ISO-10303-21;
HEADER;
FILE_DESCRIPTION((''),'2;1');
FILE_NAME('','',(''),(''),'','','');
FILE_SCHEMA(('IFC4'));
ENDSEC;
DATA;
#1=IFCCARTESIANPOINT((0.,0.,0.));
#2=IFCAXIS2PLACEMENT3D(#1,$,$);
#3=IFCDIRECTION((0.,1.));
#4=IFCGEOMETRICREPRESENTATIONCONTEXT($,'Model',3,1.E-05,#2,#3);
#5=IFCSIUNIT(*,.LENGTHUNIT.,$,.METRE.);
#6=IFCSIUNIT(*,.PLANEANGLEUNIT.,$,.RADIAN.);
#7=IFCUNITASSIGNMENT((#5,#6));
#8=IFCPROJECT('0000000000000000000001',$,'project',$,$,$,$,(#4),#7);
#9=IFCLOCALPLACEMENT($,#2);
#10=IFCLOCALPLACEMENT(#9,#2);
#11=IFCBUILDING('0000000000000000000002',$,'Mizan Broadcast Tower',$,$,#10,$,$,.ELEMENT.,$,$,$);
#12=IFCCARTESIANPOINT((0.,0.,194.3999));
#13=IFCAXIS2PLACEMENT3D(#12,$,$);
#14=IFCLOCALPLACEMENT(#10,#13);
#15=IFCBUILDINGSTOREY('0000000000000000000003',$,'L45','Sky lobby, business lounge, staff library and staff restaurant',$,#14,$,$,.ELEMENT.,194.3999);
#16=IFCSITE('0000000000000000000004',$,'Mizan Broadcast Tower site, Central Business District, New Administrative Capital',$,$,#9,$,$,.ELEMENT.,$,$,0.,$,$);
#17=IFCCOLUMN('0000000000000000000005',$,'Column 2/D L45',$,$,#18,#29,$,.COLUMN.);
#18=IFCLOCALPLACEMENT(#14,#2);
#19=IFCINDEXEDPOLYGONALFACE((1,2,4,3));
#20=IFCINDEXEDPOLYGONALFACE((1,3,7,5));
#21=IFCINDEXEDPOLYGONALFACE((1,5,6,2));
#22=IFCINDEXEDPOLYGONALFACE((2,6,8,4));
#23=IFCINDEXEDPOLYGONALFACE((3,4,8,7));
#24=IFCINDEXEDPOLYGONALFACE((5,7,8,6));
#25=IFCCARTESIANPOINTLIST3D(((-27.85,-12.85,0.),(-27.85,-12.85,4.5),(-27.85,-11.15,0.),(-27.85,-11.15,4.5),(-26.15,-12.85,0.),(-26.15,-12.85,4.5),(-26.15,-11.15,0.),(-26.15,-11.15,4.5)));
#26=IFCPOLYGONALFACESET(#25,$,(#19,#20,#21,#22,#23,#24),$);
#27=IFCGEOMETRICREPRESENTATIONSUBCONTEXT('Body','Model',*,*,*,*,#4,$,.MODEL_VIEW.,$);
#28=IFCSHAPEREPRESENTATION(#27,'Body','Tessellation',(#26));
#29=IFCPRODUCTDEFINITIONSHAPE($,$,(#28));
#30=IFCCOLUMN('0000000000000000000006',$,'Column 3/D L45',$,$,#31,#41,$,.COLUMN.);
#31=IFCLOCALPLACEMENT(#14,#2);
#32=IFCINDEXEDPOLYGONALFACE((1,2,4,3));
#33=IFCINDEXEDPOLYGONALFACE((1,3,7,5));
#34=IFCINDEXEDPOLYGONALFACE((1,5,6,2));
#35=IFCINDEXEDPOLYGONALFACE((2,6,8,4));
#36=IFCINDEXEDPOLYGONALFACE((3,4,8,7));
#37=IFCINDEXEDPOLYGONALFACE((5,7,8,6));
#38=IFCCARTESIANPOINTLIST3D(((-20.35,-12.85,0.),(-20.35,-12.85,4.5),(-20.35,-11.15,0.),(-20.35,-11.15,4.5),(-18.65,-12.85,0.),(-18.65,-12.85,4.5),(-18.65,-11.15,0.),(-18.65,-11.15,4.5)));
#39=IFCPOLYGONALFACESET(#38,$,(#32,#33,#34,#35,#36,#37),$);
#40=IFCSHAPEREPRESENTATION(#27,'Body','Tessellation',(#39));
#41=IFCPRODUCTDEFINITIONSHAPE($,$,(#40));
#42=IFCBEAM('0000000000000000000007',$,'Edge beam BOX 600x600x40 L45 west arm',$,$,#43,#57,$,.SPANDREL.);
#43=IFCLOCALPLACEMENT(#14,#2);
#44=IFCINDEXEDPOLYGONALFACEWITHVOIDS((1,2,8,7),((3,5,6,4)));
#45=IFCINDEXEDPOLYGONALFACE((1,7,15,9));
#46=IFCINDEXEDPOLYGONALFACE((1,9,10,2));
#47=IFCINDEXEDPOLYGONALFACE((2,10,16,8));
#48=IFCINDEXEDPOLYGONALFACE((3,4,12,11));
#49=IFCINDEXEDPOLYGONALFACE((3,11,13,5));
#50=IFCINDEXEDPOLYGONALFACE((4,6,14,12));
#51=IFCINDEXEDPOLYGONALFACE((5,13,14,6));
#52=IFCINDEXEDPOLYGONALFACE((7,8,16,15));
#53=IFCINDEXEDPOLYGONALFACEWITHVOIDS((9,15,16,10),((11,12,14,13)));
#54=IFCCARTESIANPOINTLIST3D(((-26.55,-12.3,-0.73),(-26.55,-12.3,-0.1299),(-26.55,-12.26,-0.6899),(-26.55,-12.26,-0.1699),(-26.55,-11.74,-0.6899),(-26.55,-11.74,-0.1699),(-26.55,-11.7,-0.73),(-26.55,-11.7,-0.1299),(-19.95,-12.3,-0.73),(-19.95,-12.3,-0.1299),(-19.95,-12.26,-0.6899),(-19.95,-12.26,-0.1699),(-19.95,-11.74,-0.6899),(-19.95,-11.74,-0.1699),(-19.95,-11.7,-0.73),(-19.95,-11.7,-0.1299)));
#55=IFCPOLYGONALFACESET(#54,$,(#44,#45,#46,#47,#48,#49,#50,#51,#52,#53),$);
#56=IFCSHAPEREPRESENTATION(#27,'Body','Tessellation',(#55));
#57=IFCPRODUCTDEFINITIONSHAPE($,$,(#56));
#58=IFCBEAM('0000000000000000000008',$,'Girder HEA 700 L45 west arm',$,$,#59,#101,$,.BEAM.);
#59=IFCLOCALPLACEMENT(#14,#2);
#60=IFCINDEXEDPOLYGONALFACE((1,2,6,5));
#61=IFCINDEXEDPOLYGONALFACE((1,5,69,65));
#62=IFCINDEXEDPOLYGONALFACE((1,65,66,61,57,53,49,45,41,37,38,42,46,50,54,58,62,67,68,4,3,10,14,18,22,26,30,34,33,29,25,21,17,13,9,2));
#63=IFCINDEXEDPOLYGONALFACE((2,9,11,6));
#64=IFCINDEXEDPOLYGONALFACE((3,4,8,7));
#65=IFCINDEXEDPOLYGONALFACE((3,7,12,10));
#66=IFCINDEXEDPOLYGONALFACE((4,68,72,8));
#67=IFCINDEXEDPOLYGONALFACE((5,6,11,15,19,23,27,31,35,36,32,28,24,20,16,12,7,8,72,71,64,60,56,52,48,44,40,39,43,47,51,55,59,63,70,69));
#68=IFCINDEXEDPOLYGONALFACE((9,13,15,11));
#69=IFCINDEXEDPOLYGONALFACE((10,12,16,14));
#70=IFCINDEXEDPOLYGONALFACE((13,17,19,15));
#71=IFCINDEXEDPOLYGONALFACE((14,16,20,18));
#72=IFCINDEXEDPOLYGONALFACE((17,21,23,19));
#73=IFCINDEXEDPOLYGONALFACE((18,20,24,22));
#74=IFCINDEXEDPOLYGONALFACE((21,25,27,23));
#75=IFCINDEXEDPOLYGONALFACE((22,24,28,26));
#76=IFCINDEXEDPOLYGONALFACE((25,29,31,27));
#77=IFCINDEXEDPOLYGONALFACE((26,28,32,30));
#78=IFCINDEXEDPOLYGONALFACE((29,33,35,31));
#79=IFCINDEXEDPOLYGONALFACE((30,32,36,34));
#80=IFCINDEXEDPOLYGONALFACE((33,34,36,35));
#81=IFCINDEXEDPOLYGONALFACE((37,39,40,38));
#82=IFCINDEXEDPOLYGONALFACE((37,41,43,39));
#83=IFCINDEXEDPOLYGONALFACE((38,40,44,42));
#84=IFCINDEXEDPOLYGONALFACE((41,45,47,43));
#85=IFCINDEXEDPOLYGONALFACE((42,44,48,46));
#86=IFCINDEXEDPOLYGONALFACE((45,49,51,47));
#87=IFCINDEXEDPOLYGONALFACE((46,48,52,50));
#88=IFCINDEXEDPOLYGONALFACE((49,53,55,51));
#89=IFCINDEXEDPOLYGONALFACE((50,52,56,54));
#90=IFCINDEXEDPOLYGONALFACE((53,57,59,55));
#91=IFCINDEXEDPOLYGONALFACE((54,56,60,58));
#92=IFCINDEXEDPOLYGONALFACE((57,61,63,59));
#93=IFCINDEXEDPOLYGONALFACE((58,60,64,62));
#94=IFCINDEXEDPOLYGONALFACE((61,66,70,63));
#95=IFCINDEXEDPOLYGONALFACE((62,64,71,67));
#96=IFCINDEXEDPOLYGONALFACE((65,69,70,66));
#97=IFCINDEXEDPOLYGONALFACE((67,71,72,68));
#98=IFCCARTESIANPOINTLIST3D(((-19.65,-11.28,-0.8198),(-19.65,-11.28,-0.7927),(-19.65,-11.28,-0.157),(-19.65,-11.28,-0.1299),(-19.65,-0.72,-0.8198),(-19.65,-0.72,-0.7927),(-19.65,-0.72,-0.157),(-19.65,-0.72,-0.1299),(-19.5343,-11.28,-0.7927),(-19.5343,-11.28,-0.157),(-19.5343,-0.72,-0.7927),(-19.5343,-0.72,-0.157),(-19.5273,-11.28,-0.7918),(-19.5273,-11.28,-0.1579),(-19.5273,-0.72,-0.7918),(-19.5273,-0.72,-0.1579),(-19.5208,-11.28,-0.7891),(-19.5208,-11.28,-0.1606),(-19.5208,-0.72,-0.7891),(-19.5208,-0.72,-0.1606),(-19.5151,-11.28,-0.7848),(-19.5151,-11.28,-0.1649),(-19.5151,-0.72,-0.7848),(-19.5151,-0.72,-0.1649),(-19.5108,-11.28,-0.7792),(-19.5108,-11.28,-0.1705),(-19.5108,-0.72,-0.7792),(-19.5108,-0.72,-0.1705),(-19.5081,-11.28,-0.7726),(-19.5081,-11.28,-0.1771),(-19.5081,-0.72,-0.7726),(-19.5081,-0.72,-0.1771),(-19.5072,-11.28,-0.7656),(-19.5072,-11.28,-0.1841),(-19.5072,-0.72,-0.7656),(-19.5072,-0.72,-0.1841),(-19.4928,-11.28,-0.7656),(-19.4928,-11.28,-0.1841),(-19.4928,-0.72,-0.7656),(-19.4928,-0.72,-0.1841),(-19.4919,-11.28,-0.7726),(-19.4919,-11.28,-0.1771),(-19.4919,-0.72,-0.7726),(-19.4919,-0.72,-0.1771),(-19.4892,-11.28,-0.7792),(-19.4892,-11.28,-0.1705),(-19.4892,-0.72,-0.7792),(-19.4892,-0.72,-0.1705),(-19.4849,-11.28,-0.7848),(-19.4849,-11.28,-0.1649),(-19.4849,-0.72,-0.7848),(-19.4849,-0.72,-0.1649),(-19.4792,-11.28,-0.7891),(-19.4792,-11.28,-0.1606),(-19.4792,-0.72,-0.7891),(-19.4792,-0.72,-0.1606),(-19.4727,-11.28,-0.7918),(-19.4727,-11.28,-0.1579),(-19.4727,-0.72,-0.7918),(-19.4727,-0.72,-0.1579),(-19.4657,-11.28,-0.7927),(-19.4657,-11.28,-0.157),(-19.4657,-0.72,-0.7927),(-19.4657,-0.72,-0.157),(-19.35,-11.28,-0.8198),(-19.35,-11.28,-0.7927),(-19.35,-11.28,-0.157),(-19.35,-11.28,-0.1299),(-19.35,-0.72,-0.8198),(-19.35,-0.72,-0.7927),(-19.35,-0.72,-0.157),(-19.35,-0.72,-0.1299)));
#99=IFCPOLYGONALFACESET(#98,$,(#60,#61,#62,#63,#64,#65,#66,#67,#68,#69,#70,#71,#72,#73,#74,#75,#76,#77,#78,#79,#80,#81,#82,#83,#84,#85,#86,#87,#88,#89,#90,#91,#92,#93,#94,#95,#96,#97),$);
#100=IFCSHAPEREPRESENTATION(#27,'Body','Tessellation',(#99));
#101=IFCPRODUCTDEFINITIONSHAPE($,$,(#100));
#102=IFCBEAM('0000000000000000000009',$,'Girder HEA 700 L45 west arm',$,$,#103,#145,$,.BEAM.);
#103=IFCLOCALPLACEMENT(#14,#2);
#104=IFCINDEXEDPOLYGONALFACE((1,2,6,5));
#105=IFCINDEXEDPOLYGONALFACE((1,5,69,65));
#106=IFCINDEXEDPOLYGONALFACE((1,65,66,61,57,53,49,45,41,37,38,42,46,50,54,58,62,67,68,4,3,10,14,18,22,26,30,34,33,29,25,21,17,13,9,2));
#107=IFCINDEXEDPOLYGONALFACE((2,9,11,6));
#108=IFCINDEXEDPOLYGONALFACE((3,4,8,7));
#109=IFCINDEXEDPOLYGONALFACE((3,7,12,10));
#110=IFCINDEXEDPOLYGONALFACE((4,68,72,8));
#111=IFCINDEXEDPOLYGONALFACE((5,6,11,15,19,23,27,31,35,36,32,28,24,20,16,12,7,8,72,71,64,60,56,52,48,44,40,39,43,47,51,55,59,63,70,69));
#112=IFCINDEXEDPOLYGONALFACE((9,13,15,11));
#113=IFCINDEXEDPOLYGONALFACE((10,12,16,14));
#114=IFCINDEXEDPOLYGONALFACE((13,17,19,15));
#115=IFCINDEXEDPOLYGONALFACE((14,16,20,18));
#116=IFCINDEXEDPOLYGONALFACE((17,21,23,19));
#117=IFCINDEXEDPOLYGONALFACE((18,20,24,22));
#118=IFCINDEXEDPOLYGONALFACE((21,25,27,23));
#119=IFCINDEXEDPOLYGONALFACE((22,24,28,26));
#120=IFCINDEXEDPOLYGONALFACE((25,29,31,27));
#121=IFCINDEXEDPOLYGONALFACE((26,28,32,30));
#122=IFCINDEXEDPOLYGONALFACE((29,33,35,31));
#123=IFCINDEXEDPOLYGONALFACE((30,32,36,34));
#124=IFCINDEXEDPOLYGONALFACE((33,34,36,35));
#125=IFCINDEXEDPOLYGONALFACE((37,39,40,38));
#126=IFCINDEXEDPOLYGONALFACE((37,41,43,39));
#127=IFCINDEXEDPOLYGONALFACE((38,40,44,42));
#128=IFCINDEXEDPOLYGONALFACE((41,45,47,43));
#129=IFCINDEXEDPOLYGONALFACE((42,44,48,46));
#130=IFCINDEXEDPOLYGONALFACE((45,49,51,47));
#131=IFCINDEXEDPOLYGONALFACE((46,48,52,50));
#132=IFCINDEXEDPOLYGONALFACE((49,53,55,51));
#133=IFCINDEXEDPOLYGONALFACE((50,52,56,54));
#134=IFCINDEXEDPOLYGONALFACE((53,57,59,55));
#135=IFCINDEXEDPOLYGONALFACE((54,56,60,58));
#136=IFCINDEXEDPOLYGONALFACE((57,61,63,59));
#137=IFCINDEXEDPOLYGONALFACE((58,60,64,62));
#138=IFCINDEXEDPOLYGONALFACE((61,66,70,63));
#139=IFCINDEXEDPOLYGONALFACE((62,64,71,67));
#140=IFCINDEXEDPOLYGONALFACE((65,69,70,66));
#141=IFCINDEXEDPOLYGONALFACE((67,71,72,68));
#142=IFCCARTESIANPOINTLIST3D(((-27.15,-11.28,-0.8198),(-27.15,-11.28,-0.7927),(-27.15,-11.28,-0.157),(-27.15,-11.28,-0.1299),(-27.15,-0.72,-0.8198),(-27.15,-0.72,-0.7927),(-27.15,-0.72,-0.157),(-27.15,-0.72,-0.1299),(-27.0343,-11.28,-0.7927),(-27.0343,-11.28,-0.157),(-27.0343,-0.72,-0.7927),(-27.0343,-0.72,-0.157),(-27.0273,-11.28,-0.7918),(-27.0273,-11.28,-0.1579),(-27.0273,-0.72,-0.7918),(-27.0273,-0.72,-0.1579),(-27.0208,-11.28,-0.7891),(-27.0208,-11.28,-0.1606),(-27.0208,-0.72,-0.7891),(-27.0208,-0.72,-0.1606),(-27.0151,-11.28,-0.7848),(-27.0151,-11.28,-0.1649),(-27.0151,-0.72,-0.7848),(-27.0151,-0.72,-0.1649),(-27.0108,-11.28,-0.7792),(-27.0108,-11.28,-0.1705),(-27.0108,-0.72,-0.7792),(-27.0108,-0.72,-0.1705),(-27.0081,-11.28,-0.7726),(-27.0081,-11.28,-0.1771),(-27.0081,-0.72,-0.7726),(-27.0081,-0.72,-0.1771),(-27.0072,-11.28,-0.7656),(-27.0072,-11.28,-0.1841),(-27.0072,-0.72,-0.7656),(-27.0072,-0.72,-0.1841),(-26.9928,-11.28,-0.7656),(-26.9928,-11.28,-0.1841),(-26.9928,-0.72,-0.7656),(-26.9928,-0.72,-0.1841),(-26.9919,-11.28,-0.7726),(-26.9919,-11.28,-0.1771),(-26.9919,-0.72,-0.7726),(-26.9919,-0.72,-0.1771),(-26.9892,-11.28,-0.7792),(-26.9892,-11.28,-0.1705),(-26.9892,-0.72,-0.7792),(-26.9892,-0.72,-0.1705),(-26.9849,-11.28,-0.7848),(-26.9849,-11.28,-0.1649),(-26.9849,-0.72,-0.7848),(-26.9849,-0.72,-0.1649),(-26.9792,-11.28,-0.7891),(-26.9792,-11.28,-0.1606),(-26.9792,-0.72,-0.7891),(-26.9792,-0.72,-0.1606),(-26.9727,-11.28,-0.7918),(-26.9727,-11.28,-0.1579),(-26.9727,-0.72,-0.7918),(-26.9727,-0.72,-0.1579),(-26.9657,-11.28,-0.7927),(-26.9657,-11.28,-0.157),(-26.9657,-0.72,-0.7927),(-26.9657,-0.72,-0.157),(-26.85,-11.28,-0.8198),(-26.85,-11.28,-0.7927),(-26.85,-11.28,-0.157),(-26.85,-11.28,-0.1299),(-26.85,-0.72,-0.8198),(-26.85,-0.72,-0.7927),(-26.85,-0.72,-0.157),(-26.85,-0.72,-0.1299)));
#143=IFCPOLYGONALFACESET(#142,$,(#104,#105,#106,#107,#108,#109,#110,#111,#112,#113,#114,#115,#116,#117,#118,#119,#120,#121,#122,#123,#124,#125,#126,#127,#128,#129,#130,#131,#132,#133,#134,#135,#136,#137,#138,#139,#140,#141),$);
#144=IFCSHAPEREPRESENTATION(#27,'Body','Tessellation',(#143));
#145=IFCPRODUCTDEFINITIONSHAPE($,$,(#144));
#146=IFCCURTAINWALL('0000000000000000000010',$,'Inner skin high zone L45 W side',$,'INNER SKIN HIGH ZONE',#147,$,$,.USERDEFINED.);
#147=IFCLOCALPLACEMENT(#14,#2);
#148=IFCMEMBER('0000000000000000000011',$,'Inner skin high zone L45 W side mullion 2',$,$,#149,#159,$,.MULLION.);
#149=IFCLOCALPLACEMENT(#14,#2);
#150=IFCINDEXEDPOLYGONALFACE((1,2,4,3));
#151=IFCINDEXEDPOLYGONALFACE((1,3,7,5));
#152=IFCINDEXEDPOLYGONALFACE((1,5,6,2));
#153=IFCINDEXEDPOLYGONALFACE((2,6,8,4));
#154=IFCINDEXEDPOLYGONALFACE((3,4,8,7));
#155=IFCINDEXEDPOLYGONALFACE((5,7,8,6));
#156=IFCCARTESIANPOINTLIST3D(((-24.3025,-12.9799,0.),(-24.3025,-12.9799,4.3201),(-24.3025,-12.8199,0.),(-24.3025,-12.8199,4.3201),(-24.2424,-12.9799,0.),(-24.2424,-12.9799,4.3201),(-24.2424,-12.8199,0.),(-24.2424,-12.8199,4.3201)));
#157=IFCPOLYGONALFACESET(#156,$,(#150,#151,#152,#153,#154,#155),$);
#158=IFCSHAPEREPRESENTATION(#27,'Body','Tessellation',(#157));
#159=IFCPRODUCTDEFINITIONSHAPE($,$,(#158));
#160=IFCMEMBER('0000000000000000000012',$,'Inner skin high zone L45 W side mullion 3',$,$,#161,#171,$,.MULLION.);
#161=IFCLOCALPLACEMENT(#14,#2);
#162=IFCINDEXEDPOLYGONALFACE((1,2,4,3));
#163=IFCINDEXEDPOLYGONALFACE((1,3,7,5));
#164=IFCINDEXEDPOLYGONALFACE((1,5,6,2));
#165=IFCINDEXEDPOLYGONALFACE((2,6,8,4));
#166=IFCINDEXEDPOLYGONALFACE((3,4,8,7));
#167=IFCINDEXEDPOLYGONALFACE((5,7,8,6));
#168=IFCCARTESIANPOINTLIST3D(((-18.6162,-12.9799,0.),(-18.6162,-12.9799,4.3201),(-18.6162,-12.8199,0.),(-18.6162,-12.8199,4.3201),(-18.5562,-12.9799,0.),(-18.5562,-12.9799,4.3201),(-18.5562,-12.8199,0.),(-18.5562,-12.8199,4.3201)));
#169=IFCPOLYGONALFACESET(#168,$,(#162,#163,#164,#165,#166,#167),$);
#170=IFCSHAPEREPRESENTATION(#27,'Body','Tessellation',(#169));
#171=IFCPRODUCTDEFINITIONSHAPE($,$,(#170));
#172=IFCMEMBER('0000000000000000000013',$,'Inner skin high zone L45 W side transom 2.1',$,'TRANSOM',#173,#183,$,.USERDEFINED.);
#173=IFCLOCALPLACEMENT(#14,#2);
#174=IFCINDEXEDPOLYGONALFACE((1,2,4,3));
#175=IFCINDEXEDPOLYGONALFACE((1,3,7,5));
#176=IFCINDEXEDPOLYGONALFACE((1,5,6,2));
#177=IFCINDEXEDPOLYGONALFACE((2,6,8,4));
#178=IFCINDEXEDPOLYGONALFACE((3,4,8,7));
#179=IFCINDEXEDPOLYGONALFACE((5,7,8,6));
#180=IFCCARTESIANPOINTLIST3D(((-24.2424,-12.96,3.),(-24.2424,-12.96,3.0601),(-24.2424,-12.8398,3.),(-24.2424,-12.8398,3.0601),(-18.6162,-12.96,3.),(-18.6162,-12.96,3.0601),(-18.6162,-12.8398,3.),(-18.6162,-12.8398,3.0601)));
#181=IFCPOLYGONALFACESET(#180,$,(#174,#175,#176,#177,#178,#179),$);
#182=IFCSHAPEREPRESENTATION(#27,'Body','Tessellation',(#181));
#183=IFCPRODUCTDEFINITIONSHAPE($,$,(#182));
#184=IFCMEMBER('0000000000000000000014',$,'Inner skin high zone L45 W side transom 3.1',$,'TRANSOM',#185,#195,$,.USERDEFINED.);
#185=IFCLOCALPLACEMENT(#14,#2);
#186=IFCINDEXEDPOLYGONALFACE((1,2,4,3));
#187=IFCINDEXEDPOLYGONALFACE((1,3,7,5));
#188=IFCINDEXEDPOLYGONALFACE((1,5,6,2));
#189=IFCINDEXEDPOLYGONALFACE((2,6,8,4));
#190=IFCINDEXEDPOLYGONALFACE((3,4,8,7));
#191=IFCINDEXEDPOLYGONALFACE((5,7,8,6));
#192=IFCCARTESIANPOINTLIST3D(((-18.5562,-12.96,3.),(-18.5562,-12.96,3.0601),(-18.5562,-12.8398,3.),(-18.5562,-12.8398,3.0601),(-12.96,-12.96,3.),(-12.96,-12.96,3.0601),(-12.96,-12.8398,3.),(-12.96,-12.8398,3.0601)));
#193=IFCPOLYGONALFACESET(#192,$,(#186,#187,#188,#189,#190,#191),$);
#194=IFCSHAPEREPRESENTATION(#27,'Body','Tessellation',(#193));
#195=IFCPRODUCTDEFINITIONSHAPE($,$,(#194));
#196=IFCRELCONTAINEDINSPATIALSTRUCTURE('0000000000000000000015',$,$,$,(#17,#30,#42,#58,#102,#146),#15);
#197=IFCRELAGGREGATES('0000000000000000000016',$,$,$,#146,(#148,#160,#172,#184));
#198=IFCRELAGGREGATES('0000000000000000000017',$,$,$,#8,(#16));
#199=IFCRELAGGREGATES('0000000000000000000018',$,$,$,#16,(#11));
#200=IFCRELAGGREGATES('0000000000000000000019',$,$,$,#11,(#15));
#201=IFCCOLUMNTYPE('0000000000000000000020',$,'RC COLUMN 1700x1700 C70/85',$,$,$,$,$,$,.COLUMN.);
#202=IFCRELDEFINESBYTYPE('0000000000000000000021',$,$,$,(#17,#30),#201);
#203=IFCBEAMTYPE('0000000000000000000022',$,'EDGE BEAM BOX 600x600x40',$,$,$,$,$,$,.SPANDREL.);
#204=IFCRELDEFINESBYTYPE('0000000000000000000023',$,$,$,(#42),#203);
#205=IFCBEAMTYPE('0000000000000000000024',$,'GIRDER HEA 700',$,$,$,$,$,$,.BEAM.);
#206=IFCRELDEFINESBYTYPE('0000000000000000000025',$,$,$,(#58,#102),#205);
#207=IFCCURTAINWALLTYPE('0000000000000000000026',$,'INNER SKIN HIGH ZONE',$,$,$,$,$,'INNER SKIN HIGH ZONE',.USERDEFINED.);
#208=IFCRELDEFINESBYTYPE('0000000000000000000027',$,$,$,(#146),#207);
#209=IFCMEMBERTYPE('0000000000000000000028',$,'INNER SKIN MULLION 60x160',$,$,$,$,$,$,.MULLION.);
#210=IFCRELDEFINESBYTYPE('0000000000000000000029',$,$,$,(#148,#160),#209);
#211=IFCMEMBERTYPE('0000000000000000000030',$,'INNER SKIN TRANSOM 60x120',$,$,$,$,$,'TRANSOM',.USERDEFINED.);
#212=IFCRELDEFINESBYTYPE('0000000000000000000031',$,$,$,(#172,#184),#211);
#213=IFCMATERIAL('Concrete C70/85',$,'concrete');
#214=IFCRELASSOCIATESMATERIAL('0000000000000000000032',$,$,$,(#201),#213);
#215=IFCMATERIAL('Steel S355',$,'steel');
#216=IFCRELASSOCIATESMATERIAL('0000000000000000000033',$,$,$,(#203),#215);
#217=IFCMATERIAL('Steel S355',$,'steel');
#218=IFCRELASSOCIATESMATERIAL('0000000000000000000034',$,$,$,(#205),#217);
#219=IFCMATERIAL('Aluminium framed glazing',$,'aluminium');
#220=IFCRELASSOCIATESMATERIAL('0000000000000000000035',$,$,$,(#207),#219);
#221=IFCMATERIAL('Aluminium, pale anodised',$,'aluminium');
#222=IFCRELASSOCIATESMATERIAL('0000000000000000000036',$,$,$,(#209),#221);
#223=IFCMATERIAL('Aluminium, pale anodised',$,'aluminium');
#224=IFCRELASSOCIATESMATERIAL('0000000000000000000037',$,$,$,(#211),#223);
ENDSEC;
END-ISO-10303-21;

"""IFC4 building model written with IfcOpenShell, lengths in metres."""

from ifc_helpers import new_model, si_unit, direction, frame, origin, origin_2d, place, context, subcontext, project, spatial, rectangle, hollow_rectangle, i_section, extrude, material, material_profile, profile_set, type_object, element, aggregate, save


model = new_model("IFC4")

# Units and contexts
model_context = context("Model", 3, precision=1e-05, world=origin(), true_north=direction((0.0, 1.0)))
body_context = subcontext(model_context, "Body", "Model", "MODEL_VIEW")
ifc_project = project(units=[si_unit("LENGTHUNIT", "METRE"), si_unit("PLANEANGLEUNIT", "RADIAN")], contexts=[model_context])

# Site, building, storey
site_placement = place(None, origin())
site = spatial("IfcSite", under=ifc_project, at=site_placement, Name="Mizan Broadcast Tower site, Central Business District, New Administrative Capital", CompositionType="ELEMENT", RefElevation=0.0)
building_placement = place(site_placement, origin())
building = spatial("IfcBuilding", under=site, at=building_placement, Name="Mizan Broadcast Tower", CompositionType="ELEMENT")
storey_placement = place(building_placement, frame((0.0, 0.0, 194.3999)))
storey = spatial("IfcBuildingStorey", under=building, at=storey_placement, Name="L45", Description="Sky lobby, business lounge, staff library and staff restaurant", CompositionType="ELEMENT", Elevation=194.3999)

# Columns
ifc_material_1 = material(Name="Concrete C70/85", Category="concrete")
ifc_material_profile_1 = material_profile(ifc_material_1, rectangle(XDim=1.7, YDim=1.7, at=origin_2d()), Name="RC 1700x1700")
ifc_profile_set_1 = profile_set([ifc_material_profile_1], Name="Concrete C70/85")
column_type = type_object("IfcColumnType", Name="RC COLUMN 1700x1700 C70/85", PredefinedType="COLUMN", material=ifc_profile_set_1)
for number, where, z_axis, x_axis, name in (
    (1, (-27.0, -12.0, 0.0), (0.0, 0.0, 1.0), (1.0, 0.0, 0.0), "Column 2/D L45"),
    (2, (-19.5, -12.0, 0.0), (0.0, 0.0, 1.0), (1.0, 0.0, 0.0), "Column 3/D L45"),
):
    element("IfcColumn", number, at=place(storey_placement, frame(where, z_axis=z_axis, x_axis=x_axis)), inside=storey, type_object=column_type, Name=name, PredefinedType="COLUMN", context=body_context, shape_type="SweptSolid", body=[
        extrude(rectangle(XDim=1.7, YDim=1.7, at=origin_2d()), origin(), (0.0, 0.0, 1.0), 4.5),
    ])

# Beams
ifc_material_2 = material(Name="Steel S355", Category="steel")
ifc_material_profile_2 = material_profile(ifc_material_2, hollow_rectangle(XDim=0.6001, YDim=0.6001, WallThickness=0.04, at=origin_2d()), Name="BOX 600x600x40")
ifc_profile_set_2 = profile_set([ifc_material_profile_2], Name="Steel S355")
beam_type_1 = type_object("IfcBeamType", Name="EDGE BEAM BOX 600x600x40", PredefinedType="SPANDREL", material=ifc_profile_set_2)
beam_1_placement = place(storey_placement, frame((-19.95, -12.0, -0.4299), z_axis=(-1.0, 0.0, 0.0), x_axis=(0.0, -1.0, 0.0)))
element("IfcBeam", 3, at=beam_1_placement, inside=storey, type_object=beam_type_1, Name="Edge beam BOX 600x600x40 L45 west arm", PredefinedType="SPANDREL", context=body_context, shape_type="SweptSolid", body=[
    extrude(hollow_rectangle(XDim=0.6001, YDim=0.6001, WallThickness=0.04, at=origin_2d()), origin(), (0.0, 0.0, 1.0), 6.6001),
])
ifc_material_3 = material(Name="Steel S355", Category="steel")
ifc_material_profile_3 = material_profile(ifc_material_3, i_section(OverallWidth=0.3, OverallDepth=0.6899, WebThickness=0.0144, FlangeThickness=0.0271, FilletRadius=0.0271, at=origin_2d()), Name="HEA 700")
ifc_profile_set_3 = profile_set([ifc_material_profile_3], Name="Steel S355")
beam_type_2 = type_object("IfcBeamType", Name="GIRDER HEA 700", PredefinedType="BEAM", material=ifc_profile_set_3)
for number, where, z_axis, x_axis, name in (
    (4, (-19.5, -11.28, -0.4749), (0.0, 1.0, 0.0), (-1.0, 0.0, 0.0), "Girder HEA 700 L45 west arm"),
    (5, (-27.0, -11.28, -0.4749), (0.0, 1.0, 0.0), (-1.0, 0.0, 0.0), "Girder HEA 700 L45 west arm"),
):
    element("IfcBeam", number, at=place(storey_placement, frame(where, z_axis=z_axis, x_axis=x_axis)), inside=storey, type_object=beam_type_2, Name=name, PredefinedType="BEAM", context=body_context, shape_type="SweptSolid", body=[
        extrude(i_section(OverallWidth=0.3, OverallDepth=0.6899, WebThickness=0.0144, FlangeThickness=0.0271, FilletRadius=0.0271, at=origin_2d()), origin(), (0.0, 0.0, 1.0), 10.5601),
    ])

# Curtain wall, members
ifc_material_4 = material(Name="Aluminium framed glazing", Category="aluminium")
curtain_wall_type_1 = type_object("IfcCurtainWallType", Name="INNER SKIN HIGH ZONE", ElementType="INNER SKIN HIGH ZONE", PredefinedType="USERDEFINED", material=ifc_material_4)
curtain_wall_1_placement = place(storey_placement, origin())
curtain_wall_1 = element("IfcCurtainWall", 6, at=curtain_wall_1_placement, inside=storey, type_object=curtain_wall_type_1, Name="Inner skin high zone L45 W side", ObjectType="INNER SKIN HIGH ZONE", PredefinedType="USERDEFINED")
ifc_material_5 = material(Name="Aluminium, pale anodised", Category="aluminium")
ifc_material_profile_4 = material_profile(ifc_material_5, rectangle(XDim=0.1599, YDim=0.0601, at=origin_2d()), Name="MULLION 160x60")
ifc_profile_set_4 = profile_set([ifc_material_profile_4], Name="Aluminium, pale anodised")
member_type_1 = type_object("IfcMemberType", Name="INNER SKIN MULLION 60x160", PredefinedType="MULLION", material=ifc_profile_set_4)
member_1_placement = place(storey_placement, frame((-24.2725, -12.8999, 0.0), z_axis=(0.0, 0.0, 1.0), x_axis=(0.0, 1.0, 0.0)))
member_1 = element("IfcMember", 7, at=member_1_placement, type_object=member_type_1, Name="Inner skin high zone L45 W side mullion 2", PredefinedType="MULLION", context=body_context, shape_type="SweptSolid", body=[
    extrude(rectangle(XDim=0.1599, YDim=0.0601, at=origin_2d()), origin(), (0.0, 0.0, 1.0), 4.3201),
])
member_2_placement = place(storey_placement, frame((-18.5862, -12.8999, 0.0), z_axis=(0.0, 0.0, 1.0), x_axis=(0.0, 1.0, 0.0)))
member_2 = element("IfcMember", 8, at=member_2_placement, type_object=member_type_1, Name="Inner skin high zone L45 W side mullion 3", PredefinedType="MULLION", context=body_context, shape_type="SweptSolid", body=[
    extrude(rectangle(XDim=0.1599, YDim=0.0601, at=origin_2d()), origin(), (0.0, 0.0, 1.0), 4.3201),
])
ifc_material_6 = material(Name="Aluminium, pale anodised", Category="aluminium")
ifc_material_profile_5 = material_profile(ifc_material_6, rectangle(XDim=0.1201, YDim=0.0601, at=origin_2d()), Name="TRANSOM 120x60")
ifc_profile_set_5 = profile_set([ifc_material_profile_5], Name="Aluminium, pale anodised")
member_type_2 = type_object("IfcMemberType", Name="INNER SKIN TRANSOM 60x120", ElementType="TRANSOM", PredefinedType="USERDEFINED", material=ifc_profile_set_5)
member_3_placement = place(storey_placement, frame((-24.2424, -12.8999, 3.03), z_axis=(1.0, 0.0, 0.0), x_axis=(0.0, 1.0, 0.0)))
member_3 = element("IfcMember", 9, at=member_3_placement, type_object=member_type_2, Name="Inner skin high zone L45 W side transom 2.1", ObjectType="TRANSOM", PredefinedType="USERDEFINED", context=body_context, shape_type="SweptSolid", body=[
    extrude(rectangle(XDim=0.1201, YDim=0.0601, at=origin_2d()), origin(), (0.0, 0.0, 1.0), 5.6262),
])
member_4_placement = place(storey_placement, frame((-18.5562, -12.8999, 3.03), z_axis=(1.0, 0.0, 0.0), x_axis=(0.0, 1.0, 0.0)))
member_4 = element("IfcMember", 10, at=member_4_placement, type_object=member_type_2, Name="Inner skin high zone L45 W side transom 3.1", ObjectType="TRANSOM", PredefinedType="USERDEFINED", context=body_context, shape_type="SweptSolid", body=[
    extrude(rectangle(XDim=0.1201, YDim=0.0601, at=origin_2d()), origin(), (0.0, 0.0, 1.0), 5.5962),
])

aggregate(curtain_wall_1, [member_1, member_2, member_3, member_4])

save(model, "model.ifc")
